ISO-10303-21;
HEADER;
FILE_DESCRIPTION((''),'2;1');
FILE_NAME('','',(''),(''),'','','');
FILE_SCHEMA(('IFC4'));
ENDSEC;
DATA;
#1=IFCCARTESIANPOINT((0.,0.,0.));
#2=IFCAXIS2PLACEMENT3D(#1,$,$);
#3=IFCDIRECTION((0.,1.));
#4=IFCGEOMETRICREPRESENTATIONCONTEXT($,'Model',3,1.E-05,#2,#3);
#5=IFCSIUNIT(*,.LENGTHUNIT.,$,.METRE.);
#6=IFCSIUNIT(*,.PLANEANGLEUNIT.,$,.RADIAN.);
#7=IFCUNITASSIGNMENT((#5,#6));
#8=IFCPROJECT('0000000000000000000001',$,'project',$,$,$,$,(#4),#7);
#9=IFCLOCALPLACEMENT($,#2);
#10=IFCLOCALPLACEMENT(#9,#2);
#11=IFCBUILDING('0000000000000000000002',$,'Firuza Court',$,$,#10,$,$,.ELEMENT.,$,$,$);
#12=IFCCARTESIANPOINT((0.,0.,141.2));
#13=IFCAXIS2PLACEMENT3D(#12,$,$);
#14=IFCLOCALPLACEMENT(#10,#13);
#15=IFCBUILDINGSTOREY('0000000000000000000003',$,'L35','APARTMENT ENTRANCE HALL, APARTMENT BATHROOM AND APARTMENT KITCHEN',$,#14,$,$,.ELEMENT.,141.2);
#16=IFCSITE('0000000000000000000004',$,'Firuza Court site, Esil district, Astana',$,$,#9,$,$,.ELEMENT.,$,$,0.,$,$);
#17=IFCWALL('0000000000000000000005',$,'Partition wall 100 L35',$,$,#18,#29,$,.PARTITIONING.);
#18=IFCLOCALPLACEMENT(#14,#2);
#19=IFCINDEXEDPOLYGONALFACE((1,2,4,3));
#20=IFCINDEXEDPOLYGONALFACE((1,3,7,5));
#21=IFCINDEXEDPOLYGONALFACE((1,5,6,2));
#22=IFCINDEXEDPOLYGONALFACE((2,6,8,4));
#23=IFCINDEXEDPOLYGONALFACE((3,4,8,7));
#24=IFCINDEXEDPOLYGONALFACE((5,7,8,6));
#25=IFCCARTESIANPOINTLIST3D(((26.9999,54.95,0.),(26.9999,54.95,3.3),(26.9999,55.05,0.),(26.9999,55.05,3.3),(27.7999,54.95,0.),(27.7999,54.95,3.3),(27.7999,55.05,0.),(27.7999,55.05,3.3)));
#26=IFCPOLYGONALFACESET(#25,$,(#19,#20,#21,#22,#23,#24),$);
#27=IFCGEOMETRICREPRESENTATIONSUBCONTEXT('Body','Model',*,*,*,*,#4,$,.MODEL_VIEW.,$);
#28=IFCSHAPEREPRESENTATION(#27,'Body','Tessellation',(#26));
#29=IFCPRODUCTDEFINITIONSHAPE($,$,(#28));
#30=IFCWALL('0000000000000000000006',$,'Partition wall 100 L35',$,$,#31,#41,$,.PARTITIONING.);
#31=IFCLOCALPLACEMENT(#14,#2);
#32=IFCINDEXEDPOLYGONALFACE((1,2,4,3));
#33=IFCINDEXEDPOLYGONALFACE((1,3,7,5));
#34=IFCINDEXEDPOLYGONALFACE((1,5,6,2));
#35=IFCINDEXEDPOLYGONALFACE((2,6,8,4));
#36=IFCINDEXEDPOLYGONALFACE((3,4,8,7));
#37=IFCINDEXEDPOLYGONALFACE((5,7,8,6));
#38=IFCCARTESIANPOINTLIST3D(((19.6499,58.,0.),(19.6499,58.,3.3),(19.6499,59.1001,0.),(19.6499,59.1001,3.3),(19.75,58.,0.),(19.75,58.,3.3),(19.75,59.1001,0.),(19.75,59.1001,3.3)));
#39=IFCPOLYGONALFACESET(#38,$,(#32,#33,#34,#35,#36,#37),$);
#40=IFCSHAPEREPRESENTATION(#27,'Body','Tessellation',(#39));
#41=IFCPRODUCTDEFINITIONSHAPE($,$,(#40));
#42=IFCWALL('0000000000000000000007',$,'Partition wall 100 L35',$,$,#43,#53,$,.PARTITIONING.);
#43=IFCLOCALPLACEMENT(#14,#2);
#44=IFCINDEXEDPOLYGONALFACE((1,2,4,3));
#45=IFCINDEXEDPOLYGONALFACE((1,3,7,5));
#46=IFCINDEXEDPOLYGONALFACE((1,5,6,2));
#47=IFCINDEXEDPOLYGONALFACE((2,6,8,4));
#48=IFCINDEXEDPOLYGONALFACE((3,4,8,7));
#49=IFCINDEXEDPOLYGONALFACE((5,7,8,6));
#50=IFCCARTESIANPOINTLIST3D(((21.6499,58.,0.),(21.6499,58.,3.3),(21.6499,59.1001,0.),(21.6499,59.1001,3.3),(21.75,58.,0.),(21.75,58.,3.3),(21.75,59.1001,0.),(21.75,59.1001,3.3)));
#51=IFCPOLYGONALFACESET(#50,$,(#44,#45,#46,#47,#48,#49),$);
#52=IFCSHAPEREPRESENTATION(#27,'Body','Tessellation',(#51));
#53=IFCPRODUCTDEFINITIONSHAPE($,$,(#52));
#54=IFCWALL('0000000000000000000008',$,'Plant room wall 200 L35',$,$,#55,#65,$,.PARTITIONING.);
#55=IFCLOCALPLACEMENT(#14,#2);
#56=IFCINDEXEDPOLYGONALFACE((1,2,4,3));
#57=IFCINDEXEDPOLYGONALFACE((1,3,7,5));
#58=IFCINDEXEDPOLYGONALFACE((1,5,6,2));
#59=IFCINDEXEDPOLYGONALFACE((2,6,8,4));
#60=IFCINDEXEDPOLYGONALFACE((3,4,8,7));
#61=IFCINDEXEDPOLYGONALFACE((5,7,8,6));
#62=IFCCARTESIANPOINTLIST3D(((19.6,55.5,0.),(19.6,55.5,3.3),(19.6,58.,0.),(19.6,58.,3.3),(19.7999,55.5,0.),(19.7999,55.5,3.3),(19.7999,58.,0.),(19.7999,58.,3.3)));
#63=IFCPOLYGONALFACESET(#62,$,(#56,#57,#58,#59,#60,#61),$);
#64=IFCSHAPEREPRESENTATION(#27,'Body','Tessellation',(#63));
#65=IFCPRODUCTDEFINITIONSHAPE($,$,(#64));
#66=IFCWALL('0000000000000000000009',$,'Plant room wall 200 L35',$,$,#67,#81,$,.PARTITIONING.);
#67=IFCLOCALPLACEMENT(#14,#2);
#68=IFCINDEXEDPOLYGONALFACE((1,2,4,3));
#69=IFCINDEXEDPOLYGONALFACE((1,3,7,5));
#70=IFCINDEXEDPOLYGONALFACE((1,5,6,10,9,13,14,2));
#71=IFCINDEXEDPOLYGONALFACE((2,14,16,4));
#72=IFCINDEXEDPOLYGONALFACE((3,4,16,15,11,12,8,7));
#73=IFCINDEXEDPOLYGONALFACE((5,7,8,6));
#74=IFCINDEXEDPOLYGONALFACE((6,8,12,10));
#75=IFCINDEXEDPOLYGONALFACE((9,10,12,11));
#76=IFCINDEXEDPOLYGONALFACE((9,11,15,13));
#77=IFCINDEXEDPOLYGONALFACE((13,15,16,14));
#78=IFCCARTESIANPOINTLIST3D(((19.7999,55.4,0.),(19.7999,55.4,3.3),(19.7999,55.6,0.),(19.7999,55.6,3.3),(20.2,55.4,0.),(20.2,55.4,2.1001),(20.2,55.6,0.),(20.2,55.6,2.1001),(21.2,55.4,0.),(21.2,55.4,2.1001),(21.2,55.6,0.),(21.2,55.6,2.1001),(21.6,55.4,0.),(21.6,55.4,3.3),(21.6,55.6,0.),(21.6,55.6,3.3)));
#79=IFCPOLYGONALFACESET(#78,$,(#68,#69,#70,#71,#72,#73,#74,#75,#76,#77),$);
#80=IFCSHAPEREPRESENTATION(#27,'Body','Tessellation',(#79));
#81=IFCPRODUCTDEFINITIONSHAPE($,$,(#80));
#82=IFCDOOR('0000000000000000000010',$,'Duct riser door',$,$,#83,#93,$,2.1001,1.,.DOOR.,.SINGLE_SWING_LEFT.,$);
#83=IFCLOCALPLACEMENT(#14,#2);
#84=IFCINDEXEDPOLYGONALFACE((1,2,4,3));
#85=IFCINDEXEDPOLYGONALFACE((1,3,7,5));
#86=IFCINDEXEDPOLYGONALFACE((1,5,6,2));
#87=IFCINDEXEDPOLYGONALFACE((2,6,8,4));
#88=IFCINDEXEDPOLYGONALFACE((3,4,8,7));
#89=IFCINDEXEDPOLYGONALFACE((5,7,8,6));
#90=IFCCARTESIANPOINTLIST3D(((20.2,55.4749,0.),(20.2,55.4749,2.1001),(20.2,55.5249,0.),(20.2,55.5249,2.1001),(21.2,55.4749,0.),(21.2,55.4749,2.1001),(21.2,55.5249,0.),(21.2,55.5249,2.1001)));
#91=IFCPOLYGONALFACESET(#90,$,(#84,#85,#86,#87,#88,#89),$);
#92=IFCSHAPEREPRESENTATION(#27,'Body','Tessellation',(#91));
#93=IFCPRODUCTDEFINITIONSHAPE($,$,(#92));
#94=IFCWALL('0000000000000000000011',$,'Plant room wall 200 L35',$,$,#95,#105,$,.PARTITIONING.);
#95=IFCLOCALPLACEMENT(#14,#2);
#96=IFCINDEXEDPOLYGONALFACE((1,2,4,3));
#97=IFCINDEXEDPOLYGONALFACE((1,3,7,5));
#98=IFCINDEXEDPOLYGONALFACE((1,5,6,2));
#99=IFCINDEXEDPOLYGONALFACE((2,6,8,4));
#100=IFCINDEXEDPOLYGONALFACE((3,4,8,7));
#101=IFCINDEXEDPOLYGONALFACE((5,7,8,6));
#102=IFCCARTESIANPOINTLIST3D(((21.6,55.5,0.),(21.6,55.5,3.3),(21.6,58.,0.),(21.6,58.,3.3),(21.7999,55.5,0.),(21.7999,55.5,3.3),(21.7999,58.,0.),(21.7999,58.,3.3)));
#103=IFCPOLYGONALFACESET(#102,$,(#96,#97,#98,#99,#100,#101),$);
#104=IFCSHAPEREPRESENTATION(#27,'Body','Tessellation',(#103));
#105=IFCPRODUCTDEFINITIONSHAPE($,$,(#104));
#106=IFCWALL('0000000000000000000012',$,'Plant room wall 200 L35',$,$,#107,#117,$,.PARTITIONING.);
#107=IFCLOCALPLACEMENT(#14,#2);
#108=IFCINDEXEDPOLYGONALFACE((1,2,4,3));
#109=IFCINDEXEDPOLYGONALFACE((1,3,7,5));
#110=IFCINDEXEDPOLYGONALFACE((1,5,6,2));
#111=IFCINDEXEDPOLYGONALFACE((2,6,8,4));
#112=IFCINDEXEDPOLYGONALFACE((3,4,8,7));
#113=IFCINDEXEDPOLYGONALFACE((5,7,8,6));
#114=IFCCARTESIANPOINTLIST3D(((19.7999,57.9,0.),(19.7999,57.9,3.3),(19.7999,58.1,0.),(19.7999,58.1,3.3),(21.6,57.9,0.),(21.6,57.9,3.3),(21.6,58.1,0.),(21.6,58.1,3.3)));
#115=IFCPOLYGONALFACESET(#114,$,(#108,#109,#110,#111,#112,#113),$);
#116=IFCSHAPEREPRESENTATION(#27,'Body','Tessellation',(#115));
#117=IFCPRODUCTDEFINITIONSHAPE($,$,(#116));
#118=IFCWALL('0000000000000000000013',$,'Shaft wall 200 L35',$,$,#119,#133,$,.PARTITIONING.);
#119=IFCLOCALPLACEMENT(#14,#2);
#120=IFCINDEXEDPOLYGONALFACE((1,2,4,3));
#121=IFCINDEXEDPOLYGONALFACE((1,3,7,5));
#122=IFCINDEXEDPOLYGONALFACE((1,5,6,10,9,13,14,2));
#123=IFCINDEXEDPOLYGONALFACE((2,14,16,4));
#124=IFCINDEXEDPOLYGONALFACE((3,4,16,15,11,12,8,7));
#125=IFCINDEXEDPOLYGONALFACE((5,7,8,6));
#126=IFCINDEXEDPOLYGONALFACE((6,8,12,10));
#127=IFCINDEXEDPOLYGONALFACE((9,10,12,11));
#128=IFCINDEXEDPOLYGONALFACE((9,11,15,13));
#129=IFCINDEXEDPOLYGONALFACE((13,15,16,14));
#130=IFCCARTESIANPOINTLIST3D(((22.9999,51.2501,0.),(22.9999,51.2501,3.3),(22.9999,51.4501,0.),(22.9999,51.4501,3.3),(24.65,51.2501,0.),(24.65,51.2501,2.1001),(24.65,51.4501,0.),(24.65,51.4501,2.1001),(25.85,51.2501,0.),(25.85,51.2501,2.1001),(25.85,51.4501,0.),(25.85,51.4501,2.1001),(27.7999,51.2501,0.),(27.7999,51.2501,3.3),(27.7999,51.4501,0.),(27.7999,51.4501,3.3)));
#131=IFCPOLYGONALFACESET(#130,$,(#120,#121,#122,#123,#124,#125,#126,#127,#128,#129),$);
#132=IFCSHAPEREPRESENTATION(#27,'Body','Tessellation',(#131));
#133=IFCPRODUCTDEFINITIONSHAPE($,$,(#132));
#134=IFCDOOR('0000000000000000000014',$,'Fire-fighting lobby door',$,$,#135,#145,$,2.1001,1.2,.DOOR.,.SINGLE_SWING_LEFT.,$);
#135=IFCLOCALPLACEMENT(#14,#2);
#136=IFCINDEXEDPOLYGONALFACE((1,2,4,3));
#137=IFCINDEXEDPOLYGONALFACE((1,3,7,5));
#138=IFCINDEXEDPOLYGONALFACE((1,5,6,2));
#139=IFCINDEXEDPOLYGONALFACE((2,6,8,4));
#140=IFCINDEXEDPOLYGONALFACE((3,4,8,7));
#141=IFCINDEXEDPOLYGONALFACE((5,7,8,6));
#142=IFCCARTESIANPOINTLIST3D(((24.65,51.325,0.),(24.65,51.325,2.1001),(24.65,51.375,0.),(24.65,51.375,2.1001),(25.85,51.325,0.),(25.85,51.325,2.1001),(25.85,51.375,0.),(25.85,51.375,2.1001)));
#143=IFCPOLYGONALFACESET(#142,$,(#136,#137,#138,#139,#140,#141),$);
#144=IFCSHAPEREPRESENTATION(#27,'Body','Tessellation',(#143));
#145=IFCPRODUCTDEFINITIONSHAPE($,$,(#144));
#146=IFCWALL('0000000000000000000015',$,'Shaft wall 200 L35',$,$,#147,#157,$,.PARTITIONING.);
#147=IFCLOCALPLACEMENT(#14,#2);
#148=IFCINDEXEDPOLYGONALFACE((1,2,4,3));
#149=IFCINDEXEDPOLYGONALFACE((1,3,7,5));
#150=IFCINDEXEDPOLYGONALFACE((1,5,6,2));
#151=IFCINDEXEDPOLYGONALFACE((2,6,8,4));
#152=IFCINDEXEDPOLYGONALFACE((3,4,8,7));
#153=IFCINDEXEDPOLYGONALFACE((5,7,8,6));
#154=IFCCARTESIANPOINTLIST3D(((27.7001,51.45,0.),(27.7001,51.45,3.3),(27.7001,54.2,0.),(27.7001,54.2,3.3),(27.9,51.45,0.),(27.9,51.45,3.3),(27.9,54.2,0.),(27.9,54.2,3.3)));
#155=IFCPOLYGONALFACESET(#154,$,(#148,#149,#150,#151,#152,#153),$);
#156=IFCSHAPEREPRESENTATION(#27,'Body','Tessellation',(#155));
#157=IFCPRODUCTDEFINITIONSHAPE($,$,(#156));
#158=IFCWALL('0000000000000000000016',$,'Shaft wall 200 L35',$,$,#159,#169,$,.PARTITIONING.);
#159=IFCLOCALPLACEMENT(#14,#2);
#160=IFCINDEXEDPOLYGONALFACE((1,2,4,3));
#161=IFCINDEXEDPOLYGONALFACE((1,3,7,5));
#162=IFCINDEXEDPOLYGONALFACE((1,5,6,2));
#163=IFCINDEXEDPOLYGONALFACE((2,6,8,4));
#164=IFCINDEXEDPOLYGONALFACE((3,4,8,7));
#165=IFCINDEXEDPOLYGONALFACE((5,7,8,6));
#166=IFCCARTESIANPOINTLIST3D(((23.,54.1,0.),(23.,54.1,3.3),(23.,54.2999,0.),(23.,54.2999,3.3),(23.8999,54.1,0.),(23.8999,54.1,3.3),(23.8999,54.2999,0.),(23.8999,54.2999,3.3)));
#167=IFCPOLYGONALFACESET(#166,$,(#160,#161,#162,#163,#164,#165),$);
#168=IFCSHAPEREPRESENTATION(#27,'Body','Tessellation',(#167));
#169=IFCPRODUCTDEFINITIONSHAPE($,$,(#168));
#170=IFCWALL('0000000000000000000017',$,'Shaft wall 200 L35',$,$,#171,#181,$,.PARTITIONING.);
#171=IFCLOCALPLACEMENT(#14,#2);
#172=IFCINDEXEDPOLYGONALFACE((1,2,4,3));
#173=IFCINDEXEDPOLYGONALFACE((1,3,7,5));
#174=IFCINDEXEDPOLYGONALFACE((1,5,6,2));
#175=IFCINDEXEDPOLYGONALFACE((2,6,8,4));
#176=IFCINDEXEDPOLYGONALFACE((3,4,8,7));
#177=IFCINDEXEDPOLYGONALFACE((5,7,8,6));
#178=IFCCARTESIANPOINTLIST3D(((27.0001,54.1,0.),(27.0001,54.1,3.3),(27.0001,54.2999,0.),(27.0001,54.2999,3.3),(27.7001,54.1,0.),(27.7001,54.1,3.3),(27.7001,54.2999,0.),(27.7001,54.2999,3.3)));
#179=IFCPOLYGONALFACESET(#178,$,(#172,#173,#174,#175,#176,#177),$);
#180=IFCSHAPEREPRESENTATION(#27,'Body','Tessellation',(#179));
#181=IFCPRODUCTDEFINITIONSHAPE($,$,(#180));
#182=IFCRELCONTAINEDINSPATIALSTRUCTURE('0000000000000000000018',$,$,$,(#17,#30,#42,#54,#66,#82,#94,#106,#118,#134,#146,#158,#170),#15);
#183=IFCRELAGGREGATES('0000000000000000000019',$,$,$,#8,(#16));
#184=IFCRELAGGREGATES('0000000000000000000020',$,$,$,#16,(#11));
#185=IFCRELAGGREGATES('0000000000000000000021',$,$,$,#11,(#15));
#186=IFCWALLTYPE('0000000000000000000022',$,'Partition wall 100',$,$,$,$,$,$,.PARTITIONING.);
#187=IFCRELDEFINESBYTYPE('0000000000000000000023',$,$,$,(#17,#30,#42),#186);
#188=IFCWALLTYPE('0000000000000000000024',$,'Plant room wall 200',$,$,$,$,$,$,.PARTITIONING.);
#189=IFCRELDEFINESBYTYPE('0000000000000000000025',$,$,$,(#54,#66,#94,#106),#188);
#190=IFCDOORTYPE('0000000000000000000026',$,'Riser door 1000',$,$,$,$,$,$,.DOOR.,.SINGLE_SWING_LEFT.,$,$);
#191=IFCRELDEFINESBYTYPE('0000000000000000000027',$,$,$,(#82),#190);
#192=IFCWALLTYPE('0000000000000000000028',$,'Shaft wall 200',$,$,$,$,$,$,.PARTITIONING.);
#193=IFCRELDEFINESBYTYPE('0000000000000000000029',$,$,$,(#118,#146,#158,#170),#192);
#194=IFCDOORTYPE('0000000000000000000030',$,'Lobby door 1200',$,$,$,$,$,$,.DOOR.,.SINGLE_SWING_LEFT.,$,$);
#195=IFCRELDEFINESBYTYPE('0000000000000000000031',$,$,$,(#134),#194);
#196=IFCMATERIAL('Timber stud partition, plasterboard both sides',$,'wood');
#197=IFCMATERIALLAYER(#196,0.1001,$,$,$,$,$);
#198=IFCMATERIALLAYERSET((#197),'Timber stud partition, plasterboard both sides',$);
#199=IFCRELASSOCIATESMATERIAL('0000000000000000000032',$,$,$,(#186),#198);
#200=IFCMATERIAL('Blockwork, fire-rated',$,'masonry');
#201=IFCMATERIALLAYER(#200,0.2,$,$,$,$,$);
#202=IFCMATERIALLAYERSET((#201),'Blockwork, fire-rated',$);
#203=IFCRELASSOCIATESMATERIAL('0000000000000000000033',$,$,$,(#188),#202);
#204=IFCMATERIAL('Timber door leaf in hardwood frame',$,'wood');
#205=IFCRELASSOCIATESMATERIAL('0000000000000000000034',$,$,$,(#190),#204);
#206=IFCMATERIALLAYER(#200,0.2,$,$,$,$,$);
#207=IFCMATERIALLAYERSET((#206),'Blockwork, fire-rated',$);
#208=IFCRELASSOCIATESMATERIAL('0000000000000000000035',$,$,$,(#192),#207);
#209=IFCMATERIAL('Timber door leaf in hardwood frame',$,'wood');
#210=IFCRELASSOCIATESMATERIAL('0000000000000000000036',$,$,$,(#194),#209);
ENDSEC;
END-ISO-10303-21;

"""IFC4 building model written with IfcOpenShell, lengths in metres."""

from ifc_helpers import new_model, si_unit, direction, frame, frame_2d, origin, place, context, subcontext, project, spatial, rectangle, extrude, material, layer, layer_set, type_object, element, fill, save


model = new_model("IFC4")

# Units and contexts
model_context = context("Model", 3, precision=1e-05, world=origin(), true_north=direction((0.0, 1.0)))
body_context = subcontext(model_context, "Body", "Model", "MODEL_VIEW")
ifc_project = project(units=[si_unit("LENGTHUNIT", "METRE"), si_unit("PLANEANGLEUNIT", "RADIAN")], contexts=[model_context])

# Site, building, storey
site_placement = place(None, origin())
site = spatial("IfcSite", under=ifc_project, at=site_placement, Name="Firuza Court site, Esil district, Astana", CompositionType="ELEMENT", RefElevation=0.0)
building_placement = place(site_placement, origin())
building = spatial("IfcBuilding", under=site, at=building_placement, Name="Firuza Court", CompositionType="ELEMENT")
storey_placement = place(building_placement, frame((0.0, 0.0, 141.2)))
storey = spatial("IfcBuildingStorey", under=building, at=storey_placement, Name="L35", Description="APARTMENT ENTRANCE HALL, APARTMENT BATHROOM AND APARTMENT KITCHEN", CompositionType="ELEMENT", Elevation=141.2)

# Walls
ifc_material_1 = material(Name="Timber stud partition, plasterboard both sides", Category="wood")
ifc_layer_1 = layer(ifc_material_1, 0.1001)
ifc_layer_set_1 = layer_set([ifc_layer_1], Name="Timber stud partition, plasterboard both sides")
wall_type_1 = type_object("IfcWallType", Name="Partition wall 100", PredefinedType="PARTITIONING", material=ifc_layer_set_1)
wall_1_placement = place(storey_placement, frame((27.0, 55.0, 0.0), z_axis=(0.0, 0.0, 1.0), x_axis=(1.0, 0.0, 0.0)))
element("IfcWall", 1, at=wall_1_placement, inside=storey, type_object=wall_type_1, Name="Partition wall 100 L35", PredefinedType="PARTITIONING", context=body_context, shape_type="SweptSolid", body=[
    extrude(rectangle(XDim=0.8, YDim=0.1001, at=frame_2d((0.3999, 0.0))), origin(), (0.0, 0.0, 1.0), 3.3),
])
for number, where, z_axis, x_axis, name in (
    (2, (19.7, 58.0, 0.0), (0.0, 0.0, 1.0), (0.0, 1.0, 0.0), "Partition wall 100 L35"),
    (3, (21.7, 58.0, 0.0), (0.0, 0.0, 1.0), (0.0, 1.0, 0.0), "Partition wall 100 L35"),
):
    element("IfcWall", number, at=place(storey_placement, frame(where, z_axis=z_axis, x_axis=x_axis)), inside=storey, type_object=wall_type_1, Name=name, PredefinedType="PARTITIONING", context=body_context, shape_type="SweptSolid", body=[
        extrude(rectangle(XDim=1.1001, YDim=0.1001, at=frame_2d((0.55, 0.0))), origin(), (0.0, 0.0, 1.0), 3.3),
    ])
ifc_material_2 = material(Name="Blockwork, fire-rated", Category="masonry")
ifc_layer_2 = layer(ifc_material_2, 0.2)
ifc_layer_set_2 = layer_set([ifc_layer_2], Name="Blockwork, fire-rated")
wall_type_2 = type_object("IfcWallType", Name="Plant room wall 200", PredefinedType="PARTITIONING", material=ifc_layer_set_2)
wall_2_placement = place(storey_placement, frame((19.7, 55.5, 0.0), z_axis=(0.0, 0.0, 1.0), x_axis=(0.0, 1.0, 0.0)))
element("IfcWall", 4, at=wall_2_placement, inside=storey, type_object=wall_type_2, Name="Plant room wall 200 L35", PredefinedType="PARTITIONING", context=body_context, shape_type="SweptSolid", body=[
    extrude(rectangle(XDim=2.5, YDim=0.2, at=frame_2d((1.25, 0.0))), origin(), (0.0, 0.0, 1.0), 3.3),
])

# Wall, opening, door
wall_3_placement = place(storey_placement, frame((19.8, 55.5, 0.0), z_axis=(0.0, 0.0, 1.0), x_axis=(1.0, 0.0, 0.0)))
wall_3 = element("IfcWall", 5, at=wall_3_placement, inside=storey, type_object=wall_type_2, Name="Plant room wall 200 L35", PredefinedType="PARTITIONING", context=body_context, shape_type="SweptSolid", body=[
    extrude(rectangle(XDim=1.8, YDim=0.2, at=frame_2d((0.8999, 0.0))), origin(), (0.0, 0.0, 1.0), 3.3),
])
opening_1_placement = place(wall_3_placement, frame((0.3999, 0.0, 0.0)))
opening_1 = element("IfcOpeningElement", 6, at=opening_1_placement, cuts=wall_3, PredefinedType="OPENING", context=body_context, shape_type="SweptSolid", body=[
    extrude(rectangle(XDim=1.0, YDim=2.1001, at=frame_2d((0.5, 1.05))), frame((0.0, 0.1118, 0.0), z_axis=(0.0, -1.0, 0.0), x_axis=(1.0, 0.0, 0.0)), (0.0, 0.0, 1.0), 0.2239),
])
ifc_material_3 = material(Name="Timber door leaf in hardwood frame", Category="wood")
door_type_1 = type_object("IfcDoorType", Name="Riser door 1000", OperationType="SINGLE_SWING_LEFT", PredefinedType="DOOR", material=ifc_material_3)
door_1_placement = place(opening_1_placement, origin())
door_1 = element("IfcDoor", 7, at=door_1_placement, inside=storey, type_object=door_type_1, Name="Duct riser door", OperationType="SINGLE_SWING_LEFT", OverallHeight=2.1001, OverallWidth=1.0, PredefinedType="DOOR", context=body_context, shape_type="SweptSolid", body=[
    extrude(rectangle(XDim=1.0, YDim=2.1001, at=frame_2d((0.5, 1.05))), frame((0.0, 0.0249, 0.0), z_axis=(0.0, -1.0, 0.0), x_axis=(1.0, 0.0, 0.0)), (0.0, 0.0, 1.0), 0.05),
])
fill(opening_1, door_1)

# Walls
wall_4_placement = place(storey_placement, frame((21.7, 55.5, 0.0), z_axis=(0.0, 0.0, 1.0), x_axis=(0.0, 1.0, 0.0)))
element("IfcWall", 8, at=wall_4_placement, inside=storey, type_object=wall_type_2, Name="Plant room wall 200 L35", PredefinedType="PARTITIONING", context=body_context, shape_type="SweptSolid", body=[
    extrude(rectangle(XDim=2.5, YDim=0.2, at=frame_2d((1.25, 0.0))), origin(), (0.0, 0.0, 1.0), 3.3),
])
wall_5_placement = place(storey_placement, frame((19.8, 58.0, 0.0), z_axis=(0.0, 0.0, 1.0), x_axis=(1.0, 0.0, 0.0)))
element("IfcWall", 9, at=wall_5_placement, inside=storey, type_object=wall_type_2, Name="Plant room wall 200 L35", PredefinedType="PARTITIONING", context=body_context, shape_type="SweptSolid", body=[
    extrude(rectangle(XDim=1.8, YDim=0.2, at=frame_2d((0.8999, 0.0))), origin(), (0.0, 0.0, 1.0), 3.3),
])

# Wall, opening, door
ifc_layer_3 = layer(ifc_material_2, 0.2)
ifc_layer_set_3 = layer_set([ifc_layer_3], Name="Blockwork, fire-rated")
wall_type_3 = type_object("IfcWallType", Name="Shaft wall 200", PredefinedType="PARTITIONING", material=ifc_layer_set_3)
wall_6_placement = place(storey_placement, frame((23.0, 51.3501, 0.0), z_axis=(0.0, 0.0, 1.0), x_axis=(1.0, 0.0, 0.0)))
wall_6 = element("IfcWall", 10, at=wall_6_placement, inside=storey, type_object=wall_type_3, Name="Shaft wall 200 L35", PredefinedType="PARTITIONING", context=body_context, shape_type="SweptSolid", body=[
    extrude(rectangle(XDim=4.8, YDim=0.2, at=frame_2d((2.3999, 0.0))), origin(), (0.0, 0.0, 1.0), 3.3),
])
opening_2_placement = place(wall_6_placement, frame((1.6499, 0.0, 0.0)))
opening_2 = element("IfcOpeningElement", 11, at=opening_2_placement, cuts=wall_6, PredefinedType="OPENING", context=body_context, shape_type="SweptSolid", body=[
    extrude(rectangle(XDim=1.2, YDim=2.1001, at=frame_2d((0.6001, 1.05))), frame((0.0, 0.1118, 0.0), z_axis=(0.0, -1.0, 0.0), x_axis=(1.0, 0.0, 0.0)), (0.0, 0.0, 1.0), 0.2239),
])
ifc_material_4 = material(Name="Timber door leaf in hardwood frame", Category="wood")
door_type_2 = type_object("IfcDoorType", Name="Lobby door 1200", OperationType="SINGLE_SWING_LEFT", PredefinedType="DOOR", material=ifc_material_4)
door_2_placement = place(opening_2_placement, origin())
door_2 = element("IfcDoor", 12, at=door_2_placement, inside=storey, type_object=door_type_2, Name="Fire-fighting lobby door", OperationType="SINGLE_SWING_LEFT", OverallHeight=2.1001, OverallWidth=1.2, PredefinedType="DOOR", context=body_context, shape_type="SweptSolid", body=[
    extrude(rectangle(XDim=1.2, YDim=2.1001, at=frame_2d((0.6001, 1.05))), frame((0.0, 0.0249, 0.0), z_axis=(0.0, -1.0, 0.0), x_axis=(1.0, 0.0, 0.0)), (0.0, 0.0, 1.0), 0.05),
])
fill(opening_2, door_2)

# Walls
wall_7_placement = place(storey_placement, frame((27.8, 51.45, 0.0), z_axis=(0.0, 0.0, 1.0), x_axis=(0.0, 1.0, 0.0)))
element("IfcWall", 13, at=wall_7_placement, inside=storey, type_object=wall_type_3, Name="Shaft wall 200 L35", PredefinedType="PARTITIONING", context=body_context, shape_type="SweptSolid", body=[
    extrude(rectangle(XDim=2.75, YDim=0.2, at=frame_2d((1.375, 0.0))), origin(), (0.0, 0.0, 1.0), 3.3),
])
wall_8_placement = place(storey_placement, frame((23.0, 54.2, 0.0), z_axis=(0.0, 0.0, 1.0), x_axis=(1.0, 0.0, 0.0)))
element("IfcWall", 14, at=wall_8_placement, inside=storey, type_object=wall_type_3, Name="Shaft wall 200 L35", PredefinedType="PARTITIONING", context=body_context, shape_type="SweptSolid", body=[
    extrude(rectangle(XDim=0.8999, YDim=0.2, at=frame_2d((0.45, 0.0))), origin(), (0.0, 0.0, 1.0), 3.3),
])
wall_9_placement = place(storey_placement, frame((27.0, 54.2, 0.0), z_axis=(0.0, 0.0, 1.0), x_axis=(1.0, 0.0, 0.0)))
element("IfcWall", 15, at=wall_9_placement, inside=storey, type_object=wall_type_3, Name="Shaft wall 200 L35", PredefinedType="PARTITIONING", context=body_context, shape_type="SweptSolid", body=[
    extrude(rectangle(XDim=0.7, YDim=0.2, at=frame_2d((0.3501, 0.0))), origin(), (0.0, 0.0, 1.0), 3.3),
])

save(model, "model.ifc")
